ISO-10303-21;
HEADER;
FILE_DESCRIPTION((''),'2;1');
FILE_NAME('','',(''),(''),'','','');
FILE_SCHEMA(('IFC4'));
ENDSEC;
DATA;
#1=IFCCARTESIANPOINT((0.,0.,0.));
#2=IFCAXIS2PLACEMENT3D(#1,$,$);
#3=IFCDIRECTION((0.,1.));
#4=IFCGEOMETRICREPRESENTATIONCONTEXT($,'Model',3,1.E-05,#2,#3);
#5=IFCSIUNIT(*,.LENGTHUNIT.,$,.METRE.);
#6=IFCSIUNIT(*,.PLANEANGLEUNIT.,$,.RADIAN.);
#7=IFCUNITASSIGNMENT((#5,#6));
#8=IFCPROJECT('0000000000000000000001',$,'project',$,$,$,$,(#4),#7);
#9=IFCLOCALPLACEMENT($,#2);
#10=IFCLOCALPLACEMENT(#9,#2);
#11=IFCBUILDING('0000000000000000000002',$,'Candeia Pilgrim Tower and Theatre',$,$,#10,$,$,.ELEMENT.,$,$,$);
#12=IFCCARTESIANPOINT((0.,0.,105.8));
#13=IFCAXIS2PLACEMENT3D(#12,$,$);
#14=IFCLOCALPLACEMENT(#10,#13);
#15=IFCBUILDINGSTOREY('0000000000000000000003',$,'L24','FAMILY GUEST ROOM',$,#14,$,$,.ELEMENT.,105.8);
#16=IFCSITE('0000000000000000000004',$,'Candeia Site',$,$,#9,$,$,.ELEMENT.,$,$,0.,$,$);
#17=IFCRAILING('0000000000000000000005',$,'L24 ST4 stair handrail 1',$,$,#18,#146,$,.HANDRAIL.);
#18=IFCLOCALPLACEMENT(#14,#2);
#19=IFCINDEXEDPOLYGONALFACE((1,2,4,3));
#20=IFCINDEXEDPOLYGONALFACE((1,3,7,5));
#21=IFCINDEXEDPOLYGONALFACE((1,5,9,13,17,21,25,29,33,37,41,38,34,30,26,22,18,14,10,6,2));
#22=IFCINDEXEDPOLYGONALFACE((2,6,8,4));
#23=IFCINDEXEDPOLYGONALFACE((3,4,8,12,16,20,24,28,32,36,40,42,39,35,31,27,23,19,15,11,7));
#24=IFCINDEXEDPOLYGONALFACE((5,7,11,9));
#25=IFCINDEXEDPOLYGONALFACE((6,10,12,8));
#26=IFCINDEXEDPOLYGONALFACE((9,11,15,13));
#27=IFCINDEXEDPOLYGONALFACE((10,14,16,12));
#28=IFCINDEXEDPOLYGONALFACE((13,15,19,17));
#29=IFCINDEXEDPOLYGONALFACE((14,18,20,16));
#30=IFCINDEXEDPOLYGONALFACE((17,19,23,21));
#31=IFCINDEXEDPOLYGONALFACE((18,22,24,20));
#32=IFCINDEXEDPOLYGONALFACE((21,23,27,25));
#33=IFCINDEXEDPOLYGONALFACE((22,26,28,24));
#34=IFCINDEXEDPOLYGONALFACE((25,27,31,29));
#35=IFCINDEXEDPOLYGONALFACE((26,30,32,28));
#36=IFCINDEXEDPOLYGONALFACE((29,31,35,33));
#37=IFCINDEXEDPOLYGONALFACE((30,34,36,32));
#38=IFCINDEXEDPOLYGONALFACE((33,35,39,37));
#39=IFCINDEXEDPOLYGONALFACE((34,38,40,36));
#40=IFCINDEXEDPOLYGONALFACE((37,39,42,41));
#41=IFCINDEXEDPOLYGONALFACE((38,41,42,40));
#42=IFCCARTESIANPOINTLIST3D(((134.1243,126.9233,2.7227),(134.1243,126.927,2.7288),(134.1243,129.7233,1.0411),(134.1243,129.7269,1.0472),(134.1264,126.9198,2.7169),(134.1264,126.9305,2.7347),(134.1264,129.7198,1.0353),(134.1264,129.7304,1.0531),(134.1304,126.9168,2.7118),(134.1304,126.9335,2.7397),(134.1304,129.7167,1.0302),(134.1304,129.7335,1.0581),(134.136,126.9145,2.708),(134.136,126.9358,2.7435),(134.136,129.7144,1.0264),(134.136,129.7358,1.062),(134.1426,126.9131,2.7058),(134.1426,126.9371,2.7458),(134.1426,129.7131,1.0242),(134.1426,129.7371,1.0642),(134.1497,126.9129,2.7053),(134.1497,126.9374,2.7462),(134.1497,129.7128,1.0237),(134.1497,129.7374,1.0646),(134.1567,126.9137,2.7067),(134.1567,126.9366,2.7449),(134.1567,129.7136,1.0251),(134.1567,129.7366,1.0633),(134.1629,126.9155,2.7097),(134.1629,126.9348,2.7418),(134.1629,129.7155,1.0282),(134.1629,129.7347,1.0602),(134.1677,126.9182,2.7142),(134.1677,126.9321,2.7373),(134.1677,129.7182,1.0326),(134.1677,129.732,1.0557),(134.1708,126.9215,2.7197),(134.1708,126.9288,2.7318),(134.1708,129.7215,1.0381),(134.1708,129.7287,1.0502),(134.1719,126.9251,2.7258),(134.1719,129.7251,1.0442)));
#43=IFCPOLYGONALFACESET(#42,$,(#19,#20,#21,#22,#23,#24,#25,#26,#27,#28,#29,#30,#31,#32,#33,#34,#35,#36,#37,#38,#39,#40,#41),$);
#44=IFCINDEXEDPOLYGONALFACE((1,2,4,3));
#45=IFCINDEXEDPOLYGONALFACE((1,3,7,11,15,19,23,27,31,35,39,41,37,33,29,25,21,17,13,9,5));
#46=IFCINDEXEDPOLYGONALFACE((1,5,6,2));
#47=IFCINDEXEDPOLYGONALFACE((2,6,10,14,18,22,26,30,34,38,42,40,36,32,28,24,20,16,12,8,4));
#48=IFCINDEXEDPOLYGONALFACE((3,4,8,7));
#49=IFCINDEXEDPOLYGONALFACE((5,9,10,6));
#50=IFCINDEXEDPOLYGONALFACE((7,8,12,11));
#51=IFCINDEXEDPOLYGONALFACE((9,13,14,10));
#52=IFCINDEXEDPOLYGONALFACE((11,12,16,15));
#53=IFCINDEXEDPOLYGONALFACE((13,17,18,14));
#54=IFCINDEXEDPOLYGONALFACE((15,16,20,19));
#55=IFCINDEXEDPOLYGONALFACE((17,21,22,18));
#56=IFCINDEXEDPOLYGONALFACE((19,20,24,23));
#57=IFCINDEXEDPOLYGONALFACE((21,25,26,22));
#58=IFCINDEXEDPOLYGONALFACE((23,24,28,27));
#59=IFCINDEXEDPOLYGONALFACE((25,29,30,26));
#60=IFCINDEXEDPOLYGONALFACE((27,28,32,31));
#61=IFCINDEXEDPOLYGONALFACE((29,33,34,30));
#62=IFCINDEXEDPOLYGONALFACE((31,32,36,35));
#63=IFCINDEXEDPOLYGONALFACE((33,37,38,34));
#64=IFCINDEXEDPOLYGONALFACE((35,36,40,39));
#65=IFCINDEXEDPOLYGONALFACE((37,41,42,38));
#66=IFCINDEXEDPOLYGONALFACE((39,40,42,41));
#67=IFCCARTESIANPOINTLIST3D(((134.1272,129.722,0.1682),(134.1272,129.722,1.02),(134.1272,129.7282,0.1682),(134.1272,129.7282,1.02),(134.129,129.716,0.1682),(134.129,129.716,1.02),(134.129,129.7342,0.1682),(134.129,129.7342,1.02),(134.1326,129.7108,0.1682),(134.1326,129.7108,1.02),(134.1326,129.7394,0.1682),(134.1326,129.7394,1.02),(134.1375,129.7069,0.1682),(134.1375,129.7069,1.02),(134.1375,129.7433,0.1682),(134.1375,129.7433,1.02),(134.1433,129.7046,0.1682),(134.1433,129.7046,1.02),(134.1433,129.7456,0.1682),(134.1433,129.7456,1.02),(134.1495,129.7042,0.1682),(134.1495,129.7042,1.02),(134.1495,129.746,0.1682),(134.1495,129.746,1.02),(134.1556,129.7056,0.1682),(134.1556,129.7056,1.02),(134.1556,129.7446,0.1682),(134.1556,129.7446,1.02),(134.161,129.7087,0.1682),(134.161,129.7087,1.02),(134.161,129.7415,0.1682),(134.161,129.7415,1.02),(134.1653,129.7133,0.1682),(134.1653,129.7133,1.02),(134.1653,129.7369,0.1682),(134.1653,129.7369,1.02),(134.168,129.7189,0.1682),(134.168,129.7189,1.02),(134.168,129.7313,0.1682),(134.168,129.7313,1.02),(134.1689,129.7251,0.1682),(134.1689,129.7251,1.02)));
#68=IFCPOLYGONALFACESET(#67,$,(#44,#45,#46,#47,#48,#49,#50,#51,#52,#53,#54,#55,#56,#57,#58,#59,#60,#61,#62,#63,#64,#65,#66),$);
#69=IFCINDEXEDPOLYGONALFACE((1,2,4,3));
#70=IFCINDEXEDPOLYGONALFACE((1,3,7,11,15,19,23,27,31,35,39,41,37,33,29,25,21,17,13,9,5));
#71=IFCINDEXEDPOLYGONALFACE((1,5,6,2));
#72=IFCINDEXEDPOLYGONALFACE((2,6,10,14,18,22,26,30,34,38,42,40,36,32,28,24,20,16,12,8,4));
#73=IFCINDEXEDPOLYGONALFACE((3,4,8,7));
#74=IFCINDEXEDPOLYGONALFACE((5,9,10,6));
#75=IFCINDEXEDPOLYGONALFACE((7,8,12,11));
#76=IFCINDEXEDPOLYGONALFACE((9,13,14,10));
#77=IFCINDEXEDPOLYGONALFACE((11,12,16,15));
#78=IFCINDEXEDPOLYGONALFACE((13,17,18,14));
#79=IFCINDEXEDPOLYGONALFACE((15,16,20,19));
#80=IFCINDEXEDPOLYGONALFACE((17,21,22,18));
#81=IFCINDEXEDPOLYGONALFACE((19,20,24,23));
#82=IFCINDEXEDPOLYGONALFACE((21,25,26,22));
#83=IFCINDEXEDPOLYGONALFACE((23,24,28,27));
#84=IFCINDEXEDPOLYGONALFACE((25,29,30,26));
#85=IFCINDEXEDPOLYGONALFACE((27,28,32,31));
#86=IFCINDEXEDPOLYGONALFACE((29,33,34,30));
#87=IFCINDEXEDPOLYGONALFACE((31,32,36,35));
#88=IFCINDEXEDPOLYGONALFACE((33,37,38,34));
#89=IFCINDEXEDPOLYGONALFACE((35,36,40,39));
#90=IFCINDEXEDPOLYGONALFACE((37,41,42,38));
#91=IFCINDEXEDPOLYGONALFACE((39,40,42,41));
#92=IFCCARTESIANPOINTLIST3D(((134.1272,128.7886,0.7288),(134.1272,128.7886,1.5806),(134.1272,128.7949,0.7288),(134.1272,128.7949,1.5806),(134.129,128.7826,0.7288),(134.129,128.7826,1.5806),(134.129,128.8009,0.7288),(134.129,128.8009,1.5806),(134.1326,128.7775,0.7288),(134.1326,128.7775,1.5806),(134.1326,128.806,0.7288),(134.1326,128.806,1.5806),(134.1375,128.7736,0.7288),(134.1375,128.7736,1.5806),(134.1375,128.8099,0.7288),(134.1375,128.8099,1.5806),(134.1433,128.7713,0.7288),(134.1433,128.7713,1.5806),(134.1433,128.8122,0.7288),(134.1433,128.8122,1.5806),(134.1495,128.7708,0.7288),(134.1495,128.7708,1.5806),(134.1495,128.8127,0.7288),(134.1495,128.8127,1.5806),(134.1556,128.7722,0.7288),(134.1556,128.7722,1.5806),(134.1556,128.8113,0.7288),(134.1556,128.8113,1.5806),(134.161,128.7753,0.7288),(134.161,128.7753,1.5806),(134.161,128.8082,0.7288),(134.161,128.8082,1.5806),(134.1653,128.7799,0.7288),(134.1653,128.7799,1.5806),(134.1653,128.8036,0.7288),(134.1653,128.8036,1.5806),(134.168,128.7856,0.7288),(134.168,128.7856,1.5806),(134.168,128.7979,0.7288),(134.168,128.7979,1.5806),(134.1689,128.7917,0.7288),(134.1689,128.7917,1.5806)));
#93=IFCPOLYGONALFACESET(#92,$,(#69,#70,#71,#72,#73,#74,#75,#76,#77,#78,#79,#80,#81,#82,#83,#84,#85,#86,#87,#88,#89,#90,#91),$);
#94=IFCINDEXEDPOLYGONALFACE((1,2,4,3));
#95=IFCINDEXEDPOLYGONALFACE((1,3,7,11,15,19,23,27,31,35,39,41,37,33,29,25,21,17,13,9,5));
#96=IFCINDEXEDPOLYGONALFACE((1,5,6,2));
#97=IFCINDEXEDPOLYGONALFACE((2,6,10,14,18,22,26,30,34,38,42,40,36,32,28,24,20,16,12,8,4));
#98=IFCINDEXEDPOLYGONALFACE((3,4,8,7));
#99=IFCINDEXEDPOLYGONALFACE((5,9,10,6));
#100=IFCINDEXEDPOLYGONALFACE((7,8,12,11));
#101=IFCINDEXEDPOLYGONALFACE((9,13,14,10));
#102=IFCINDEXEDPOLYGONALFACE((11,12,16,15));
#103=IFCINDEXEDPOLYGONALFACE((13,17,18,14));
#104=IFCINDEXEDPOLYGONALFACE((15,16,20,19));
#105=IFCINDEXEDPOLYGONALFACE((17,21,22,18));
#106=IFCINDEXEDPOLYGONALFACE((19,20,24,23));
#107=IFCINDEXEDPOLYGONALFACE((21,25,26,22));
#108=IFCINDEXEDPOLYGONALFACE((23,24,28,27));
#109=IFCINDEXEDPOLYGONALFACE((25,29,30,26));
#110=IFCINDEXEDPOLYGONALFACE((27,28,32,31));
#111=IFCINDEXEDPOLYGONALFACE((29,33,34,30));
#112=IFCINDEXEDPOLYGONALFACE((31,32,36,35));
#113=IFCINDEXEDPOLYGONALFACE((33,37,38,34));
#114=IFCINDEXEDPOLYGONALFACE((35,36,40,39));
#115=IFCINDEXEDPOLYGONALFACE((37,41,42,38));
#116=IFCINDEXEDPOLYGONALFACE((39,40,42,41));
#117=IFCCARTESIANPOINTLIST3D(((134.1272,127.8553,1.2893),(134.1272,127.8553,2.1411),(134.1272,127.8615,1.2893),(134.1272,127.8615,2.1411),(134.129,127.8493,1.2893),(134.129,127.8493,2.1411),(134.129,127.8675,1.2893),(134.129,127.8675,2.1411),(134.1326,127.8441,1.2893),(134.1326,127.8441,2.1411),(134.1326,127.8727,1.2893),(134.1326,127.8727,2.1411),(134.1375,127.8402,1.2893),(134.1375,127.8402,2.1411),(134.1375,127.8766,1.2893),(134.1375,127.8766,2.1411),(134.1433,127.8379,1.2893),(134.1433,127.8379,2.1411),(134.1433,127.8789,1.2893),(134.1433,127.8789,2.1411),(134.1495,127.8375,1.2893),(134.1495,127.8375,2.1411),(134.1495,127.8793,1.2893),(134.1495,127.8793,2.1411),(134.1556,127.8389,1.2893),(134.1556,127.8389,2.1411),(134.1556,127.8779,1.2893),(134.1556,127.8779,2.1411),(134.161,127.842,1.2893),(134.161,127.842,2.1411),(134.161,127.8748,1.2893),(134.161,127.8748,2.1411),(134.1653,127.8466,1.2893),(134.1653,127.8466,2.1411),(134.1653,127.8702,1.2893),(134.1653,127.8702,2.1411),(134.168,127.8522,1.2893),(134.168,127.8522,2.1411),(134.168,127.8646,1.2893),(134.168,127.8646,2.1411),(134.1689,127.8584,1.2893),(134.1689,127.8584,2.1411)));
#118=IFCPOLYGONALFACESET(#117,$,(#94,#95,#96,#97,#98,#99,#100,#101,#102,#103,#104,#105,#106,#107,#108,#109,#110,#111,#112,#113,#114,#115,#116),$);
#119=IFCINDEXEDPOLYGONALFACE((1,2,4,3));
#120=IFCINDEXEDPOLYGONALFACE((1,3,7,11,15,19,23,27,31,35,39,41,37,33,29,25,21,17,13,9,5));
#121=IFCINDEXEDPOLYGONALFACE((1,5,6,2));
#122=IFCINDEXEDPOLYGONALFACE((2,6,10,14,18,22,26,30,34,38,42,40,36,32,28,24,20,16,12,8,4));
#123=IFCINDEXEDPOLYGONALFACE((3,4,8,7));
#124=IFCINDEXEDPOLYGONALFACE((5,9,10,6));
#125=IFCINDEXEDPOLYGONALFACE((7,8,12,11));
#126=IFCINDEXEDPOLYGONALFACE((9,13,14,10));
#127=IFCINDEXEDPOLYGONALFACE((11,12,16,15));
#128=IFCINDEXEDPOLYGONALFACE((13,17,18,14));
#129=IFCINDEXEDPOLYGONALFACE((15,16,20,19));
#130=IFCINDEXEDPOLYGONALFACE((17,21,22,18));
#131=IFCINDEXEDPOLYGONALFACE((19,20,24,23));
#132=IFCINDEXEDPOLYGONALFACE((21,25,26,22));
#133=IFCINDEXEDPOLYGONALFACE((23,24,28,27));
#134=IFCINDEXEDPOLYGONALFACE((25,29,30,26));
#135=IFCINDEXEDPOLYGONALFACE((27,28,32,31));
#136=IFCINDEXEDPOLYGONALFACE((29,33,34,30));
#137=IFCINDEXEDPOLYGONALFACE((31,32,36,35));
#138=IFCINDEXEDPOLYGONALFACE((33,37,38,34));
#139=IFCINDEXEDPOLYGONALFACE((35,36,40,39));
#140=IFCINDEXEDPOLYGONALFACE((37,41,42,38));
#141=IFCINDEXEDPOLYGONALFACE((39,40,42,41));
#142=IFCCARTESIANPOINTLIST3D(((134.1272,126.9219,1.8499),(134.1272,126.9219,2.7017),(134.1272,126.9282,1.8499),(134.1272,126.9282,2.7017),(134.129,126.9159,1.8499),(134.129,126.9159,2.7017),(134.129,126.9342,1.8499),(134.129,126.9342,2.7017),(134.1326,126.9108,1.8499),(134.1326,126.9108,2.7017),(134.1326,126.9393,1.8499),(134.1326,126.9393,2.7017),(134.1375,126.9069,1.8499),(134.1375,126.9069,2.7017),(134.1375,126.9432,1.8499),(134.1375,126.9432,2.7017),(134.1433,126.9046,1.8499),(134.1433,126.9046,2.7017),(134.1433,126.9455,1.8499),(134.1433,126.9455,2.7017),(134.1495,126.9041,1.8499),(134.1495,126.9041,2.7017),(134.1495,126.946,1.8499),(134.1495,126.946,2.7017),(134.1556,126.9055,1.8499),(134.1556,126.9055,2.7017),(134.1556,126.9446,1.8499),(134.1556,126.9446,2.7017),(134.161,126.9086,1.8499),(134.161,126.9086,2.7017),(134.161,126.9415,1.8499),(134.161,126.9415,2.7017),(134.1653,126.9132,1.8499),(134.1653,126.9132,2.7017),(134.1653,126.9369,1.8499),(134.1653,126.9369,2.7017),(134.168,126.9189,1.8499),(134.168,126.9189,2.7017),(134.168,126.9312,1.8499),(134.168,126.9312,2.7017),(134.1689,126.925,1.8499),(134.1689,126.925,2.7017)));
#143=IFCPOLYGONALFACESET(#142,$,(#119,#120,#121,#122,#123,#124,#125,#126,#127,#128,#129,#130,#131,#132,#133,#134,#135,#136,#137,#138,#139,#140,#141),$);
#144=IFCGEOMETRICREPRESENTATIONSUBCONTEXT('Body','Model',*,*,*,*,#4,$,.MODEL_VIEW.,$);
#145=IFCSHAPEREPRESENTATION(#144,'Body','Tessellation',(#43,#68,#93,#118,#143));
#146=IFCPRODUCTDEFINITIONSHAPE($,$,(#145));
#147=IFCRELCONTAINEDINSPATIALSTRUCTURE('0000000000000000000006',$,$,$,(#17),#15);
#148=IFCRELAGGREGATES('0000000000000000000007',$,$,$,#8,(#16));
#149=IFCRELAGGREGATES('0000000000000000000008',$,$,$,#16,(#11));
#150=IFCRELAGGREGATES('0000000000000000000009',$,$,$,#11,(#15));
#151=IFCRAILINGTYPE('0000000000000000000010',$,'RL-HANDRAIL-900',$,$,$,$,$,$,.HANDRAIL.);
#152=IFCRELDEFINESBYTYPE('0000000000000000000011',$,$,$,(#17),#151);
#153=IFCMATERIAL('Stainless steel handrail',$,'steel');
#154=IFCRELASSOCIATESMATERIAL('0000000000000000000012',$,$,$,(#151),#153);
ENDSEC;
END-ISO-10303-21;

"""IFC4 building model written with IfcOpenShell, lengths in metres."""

from ifc_helpers import new_model, si_unit, direction, frame, origin, origin_2d, place, context, subcontext, project, spatial, circle, extrude, material, type_object, element, save


model = new_model("IFC4")

# Units and contexts
model_context = context("Model", 3, precision=1e-05, world=origin(), true_north=direction((0.0, 1.0)))
body_context = subcontext(model_context, "Body", "Model", "MODEL_VIEW")
ifc_project = project(units=[si_unit("LENGTHUNIT", "METRE"), si_unit("PLANEANGLEUNIT", "RADIAN")], contexts=[model_context])

# Site, building, storey
site_placement = place(None, origin())
site = spatial("IfcSite", under=ifc_project, at=site_placement, Name="Candeia Site", CompositionType="ELEMENT", RefElevation=0.0)
building_placement = place(site_placement, origin())
building = spatial("IfcBuilding", under=site, at=building_placement, Name="Candeia Pilgrim Tower and Theatre", CompositionType="ELEMENT")
storey_placement = place(building_placement, frame((0.0, 0.0, 105.8)))
storey = spatial("IfcBuildingStorey", under=building, at=storey_placement, Name="L24", Description="FAMILY GUEST ROOM", CompositionType="ELEMENT", Elevation=105.8)

# Railing
ifc_material_1 = material(Name="Stainless steel handrail", Category="steel")
railing_type_1 = type_object("IfcRailingType", Name="RL-HANDRAIL-900", PredefinedType="HANDRAIL", material=ifc_material_1)
railing_1_placement = place(storey_placement, frame((134.1479, 129.7251, 0.1682)))
element("IfcRailing", 1, at=railing_1_placement, inside=storey, type_object=railing_type_1, Name="L24 ST4 stair handrail 1", PredefinedType="HANDRAIL", context=body_context, shape_type="SweptSolid", body=[
    extrude(circle(Radius=0.0239, at=origin_2d()), frame((0.0, 0.0, 0.876), z_axis=(0.0, -0.857275, 0.514858), x_axis=(1.0, 0.0, 0.0)), (0.0, 0.0, 1.0), 3.2661),
    extrude(circle(Radius=0.021, at=origin_2d()), origin(), (0.0, 0.0, 1.0), 0.8518),
    extrude(circle(Radius=0.021, at=origin_2d()), frame((0.0, -0.9333, 0.5605)), (0.0, 0.0, 1.0), 0.8518),
    extrude(circle(Radius=0.021, at=origin_2d()), frame((0.0, -1.8667, 1.1211)), (0.0, 0.0, 1.0), 0.8518),
    extrude(circle(Radius=0.021, at=origin_2d()), frame((0.0, -2.8, 1.6816)), (0.0, 0.0, 1.0), 0.8518),
])

save(model, "model.ifc")
